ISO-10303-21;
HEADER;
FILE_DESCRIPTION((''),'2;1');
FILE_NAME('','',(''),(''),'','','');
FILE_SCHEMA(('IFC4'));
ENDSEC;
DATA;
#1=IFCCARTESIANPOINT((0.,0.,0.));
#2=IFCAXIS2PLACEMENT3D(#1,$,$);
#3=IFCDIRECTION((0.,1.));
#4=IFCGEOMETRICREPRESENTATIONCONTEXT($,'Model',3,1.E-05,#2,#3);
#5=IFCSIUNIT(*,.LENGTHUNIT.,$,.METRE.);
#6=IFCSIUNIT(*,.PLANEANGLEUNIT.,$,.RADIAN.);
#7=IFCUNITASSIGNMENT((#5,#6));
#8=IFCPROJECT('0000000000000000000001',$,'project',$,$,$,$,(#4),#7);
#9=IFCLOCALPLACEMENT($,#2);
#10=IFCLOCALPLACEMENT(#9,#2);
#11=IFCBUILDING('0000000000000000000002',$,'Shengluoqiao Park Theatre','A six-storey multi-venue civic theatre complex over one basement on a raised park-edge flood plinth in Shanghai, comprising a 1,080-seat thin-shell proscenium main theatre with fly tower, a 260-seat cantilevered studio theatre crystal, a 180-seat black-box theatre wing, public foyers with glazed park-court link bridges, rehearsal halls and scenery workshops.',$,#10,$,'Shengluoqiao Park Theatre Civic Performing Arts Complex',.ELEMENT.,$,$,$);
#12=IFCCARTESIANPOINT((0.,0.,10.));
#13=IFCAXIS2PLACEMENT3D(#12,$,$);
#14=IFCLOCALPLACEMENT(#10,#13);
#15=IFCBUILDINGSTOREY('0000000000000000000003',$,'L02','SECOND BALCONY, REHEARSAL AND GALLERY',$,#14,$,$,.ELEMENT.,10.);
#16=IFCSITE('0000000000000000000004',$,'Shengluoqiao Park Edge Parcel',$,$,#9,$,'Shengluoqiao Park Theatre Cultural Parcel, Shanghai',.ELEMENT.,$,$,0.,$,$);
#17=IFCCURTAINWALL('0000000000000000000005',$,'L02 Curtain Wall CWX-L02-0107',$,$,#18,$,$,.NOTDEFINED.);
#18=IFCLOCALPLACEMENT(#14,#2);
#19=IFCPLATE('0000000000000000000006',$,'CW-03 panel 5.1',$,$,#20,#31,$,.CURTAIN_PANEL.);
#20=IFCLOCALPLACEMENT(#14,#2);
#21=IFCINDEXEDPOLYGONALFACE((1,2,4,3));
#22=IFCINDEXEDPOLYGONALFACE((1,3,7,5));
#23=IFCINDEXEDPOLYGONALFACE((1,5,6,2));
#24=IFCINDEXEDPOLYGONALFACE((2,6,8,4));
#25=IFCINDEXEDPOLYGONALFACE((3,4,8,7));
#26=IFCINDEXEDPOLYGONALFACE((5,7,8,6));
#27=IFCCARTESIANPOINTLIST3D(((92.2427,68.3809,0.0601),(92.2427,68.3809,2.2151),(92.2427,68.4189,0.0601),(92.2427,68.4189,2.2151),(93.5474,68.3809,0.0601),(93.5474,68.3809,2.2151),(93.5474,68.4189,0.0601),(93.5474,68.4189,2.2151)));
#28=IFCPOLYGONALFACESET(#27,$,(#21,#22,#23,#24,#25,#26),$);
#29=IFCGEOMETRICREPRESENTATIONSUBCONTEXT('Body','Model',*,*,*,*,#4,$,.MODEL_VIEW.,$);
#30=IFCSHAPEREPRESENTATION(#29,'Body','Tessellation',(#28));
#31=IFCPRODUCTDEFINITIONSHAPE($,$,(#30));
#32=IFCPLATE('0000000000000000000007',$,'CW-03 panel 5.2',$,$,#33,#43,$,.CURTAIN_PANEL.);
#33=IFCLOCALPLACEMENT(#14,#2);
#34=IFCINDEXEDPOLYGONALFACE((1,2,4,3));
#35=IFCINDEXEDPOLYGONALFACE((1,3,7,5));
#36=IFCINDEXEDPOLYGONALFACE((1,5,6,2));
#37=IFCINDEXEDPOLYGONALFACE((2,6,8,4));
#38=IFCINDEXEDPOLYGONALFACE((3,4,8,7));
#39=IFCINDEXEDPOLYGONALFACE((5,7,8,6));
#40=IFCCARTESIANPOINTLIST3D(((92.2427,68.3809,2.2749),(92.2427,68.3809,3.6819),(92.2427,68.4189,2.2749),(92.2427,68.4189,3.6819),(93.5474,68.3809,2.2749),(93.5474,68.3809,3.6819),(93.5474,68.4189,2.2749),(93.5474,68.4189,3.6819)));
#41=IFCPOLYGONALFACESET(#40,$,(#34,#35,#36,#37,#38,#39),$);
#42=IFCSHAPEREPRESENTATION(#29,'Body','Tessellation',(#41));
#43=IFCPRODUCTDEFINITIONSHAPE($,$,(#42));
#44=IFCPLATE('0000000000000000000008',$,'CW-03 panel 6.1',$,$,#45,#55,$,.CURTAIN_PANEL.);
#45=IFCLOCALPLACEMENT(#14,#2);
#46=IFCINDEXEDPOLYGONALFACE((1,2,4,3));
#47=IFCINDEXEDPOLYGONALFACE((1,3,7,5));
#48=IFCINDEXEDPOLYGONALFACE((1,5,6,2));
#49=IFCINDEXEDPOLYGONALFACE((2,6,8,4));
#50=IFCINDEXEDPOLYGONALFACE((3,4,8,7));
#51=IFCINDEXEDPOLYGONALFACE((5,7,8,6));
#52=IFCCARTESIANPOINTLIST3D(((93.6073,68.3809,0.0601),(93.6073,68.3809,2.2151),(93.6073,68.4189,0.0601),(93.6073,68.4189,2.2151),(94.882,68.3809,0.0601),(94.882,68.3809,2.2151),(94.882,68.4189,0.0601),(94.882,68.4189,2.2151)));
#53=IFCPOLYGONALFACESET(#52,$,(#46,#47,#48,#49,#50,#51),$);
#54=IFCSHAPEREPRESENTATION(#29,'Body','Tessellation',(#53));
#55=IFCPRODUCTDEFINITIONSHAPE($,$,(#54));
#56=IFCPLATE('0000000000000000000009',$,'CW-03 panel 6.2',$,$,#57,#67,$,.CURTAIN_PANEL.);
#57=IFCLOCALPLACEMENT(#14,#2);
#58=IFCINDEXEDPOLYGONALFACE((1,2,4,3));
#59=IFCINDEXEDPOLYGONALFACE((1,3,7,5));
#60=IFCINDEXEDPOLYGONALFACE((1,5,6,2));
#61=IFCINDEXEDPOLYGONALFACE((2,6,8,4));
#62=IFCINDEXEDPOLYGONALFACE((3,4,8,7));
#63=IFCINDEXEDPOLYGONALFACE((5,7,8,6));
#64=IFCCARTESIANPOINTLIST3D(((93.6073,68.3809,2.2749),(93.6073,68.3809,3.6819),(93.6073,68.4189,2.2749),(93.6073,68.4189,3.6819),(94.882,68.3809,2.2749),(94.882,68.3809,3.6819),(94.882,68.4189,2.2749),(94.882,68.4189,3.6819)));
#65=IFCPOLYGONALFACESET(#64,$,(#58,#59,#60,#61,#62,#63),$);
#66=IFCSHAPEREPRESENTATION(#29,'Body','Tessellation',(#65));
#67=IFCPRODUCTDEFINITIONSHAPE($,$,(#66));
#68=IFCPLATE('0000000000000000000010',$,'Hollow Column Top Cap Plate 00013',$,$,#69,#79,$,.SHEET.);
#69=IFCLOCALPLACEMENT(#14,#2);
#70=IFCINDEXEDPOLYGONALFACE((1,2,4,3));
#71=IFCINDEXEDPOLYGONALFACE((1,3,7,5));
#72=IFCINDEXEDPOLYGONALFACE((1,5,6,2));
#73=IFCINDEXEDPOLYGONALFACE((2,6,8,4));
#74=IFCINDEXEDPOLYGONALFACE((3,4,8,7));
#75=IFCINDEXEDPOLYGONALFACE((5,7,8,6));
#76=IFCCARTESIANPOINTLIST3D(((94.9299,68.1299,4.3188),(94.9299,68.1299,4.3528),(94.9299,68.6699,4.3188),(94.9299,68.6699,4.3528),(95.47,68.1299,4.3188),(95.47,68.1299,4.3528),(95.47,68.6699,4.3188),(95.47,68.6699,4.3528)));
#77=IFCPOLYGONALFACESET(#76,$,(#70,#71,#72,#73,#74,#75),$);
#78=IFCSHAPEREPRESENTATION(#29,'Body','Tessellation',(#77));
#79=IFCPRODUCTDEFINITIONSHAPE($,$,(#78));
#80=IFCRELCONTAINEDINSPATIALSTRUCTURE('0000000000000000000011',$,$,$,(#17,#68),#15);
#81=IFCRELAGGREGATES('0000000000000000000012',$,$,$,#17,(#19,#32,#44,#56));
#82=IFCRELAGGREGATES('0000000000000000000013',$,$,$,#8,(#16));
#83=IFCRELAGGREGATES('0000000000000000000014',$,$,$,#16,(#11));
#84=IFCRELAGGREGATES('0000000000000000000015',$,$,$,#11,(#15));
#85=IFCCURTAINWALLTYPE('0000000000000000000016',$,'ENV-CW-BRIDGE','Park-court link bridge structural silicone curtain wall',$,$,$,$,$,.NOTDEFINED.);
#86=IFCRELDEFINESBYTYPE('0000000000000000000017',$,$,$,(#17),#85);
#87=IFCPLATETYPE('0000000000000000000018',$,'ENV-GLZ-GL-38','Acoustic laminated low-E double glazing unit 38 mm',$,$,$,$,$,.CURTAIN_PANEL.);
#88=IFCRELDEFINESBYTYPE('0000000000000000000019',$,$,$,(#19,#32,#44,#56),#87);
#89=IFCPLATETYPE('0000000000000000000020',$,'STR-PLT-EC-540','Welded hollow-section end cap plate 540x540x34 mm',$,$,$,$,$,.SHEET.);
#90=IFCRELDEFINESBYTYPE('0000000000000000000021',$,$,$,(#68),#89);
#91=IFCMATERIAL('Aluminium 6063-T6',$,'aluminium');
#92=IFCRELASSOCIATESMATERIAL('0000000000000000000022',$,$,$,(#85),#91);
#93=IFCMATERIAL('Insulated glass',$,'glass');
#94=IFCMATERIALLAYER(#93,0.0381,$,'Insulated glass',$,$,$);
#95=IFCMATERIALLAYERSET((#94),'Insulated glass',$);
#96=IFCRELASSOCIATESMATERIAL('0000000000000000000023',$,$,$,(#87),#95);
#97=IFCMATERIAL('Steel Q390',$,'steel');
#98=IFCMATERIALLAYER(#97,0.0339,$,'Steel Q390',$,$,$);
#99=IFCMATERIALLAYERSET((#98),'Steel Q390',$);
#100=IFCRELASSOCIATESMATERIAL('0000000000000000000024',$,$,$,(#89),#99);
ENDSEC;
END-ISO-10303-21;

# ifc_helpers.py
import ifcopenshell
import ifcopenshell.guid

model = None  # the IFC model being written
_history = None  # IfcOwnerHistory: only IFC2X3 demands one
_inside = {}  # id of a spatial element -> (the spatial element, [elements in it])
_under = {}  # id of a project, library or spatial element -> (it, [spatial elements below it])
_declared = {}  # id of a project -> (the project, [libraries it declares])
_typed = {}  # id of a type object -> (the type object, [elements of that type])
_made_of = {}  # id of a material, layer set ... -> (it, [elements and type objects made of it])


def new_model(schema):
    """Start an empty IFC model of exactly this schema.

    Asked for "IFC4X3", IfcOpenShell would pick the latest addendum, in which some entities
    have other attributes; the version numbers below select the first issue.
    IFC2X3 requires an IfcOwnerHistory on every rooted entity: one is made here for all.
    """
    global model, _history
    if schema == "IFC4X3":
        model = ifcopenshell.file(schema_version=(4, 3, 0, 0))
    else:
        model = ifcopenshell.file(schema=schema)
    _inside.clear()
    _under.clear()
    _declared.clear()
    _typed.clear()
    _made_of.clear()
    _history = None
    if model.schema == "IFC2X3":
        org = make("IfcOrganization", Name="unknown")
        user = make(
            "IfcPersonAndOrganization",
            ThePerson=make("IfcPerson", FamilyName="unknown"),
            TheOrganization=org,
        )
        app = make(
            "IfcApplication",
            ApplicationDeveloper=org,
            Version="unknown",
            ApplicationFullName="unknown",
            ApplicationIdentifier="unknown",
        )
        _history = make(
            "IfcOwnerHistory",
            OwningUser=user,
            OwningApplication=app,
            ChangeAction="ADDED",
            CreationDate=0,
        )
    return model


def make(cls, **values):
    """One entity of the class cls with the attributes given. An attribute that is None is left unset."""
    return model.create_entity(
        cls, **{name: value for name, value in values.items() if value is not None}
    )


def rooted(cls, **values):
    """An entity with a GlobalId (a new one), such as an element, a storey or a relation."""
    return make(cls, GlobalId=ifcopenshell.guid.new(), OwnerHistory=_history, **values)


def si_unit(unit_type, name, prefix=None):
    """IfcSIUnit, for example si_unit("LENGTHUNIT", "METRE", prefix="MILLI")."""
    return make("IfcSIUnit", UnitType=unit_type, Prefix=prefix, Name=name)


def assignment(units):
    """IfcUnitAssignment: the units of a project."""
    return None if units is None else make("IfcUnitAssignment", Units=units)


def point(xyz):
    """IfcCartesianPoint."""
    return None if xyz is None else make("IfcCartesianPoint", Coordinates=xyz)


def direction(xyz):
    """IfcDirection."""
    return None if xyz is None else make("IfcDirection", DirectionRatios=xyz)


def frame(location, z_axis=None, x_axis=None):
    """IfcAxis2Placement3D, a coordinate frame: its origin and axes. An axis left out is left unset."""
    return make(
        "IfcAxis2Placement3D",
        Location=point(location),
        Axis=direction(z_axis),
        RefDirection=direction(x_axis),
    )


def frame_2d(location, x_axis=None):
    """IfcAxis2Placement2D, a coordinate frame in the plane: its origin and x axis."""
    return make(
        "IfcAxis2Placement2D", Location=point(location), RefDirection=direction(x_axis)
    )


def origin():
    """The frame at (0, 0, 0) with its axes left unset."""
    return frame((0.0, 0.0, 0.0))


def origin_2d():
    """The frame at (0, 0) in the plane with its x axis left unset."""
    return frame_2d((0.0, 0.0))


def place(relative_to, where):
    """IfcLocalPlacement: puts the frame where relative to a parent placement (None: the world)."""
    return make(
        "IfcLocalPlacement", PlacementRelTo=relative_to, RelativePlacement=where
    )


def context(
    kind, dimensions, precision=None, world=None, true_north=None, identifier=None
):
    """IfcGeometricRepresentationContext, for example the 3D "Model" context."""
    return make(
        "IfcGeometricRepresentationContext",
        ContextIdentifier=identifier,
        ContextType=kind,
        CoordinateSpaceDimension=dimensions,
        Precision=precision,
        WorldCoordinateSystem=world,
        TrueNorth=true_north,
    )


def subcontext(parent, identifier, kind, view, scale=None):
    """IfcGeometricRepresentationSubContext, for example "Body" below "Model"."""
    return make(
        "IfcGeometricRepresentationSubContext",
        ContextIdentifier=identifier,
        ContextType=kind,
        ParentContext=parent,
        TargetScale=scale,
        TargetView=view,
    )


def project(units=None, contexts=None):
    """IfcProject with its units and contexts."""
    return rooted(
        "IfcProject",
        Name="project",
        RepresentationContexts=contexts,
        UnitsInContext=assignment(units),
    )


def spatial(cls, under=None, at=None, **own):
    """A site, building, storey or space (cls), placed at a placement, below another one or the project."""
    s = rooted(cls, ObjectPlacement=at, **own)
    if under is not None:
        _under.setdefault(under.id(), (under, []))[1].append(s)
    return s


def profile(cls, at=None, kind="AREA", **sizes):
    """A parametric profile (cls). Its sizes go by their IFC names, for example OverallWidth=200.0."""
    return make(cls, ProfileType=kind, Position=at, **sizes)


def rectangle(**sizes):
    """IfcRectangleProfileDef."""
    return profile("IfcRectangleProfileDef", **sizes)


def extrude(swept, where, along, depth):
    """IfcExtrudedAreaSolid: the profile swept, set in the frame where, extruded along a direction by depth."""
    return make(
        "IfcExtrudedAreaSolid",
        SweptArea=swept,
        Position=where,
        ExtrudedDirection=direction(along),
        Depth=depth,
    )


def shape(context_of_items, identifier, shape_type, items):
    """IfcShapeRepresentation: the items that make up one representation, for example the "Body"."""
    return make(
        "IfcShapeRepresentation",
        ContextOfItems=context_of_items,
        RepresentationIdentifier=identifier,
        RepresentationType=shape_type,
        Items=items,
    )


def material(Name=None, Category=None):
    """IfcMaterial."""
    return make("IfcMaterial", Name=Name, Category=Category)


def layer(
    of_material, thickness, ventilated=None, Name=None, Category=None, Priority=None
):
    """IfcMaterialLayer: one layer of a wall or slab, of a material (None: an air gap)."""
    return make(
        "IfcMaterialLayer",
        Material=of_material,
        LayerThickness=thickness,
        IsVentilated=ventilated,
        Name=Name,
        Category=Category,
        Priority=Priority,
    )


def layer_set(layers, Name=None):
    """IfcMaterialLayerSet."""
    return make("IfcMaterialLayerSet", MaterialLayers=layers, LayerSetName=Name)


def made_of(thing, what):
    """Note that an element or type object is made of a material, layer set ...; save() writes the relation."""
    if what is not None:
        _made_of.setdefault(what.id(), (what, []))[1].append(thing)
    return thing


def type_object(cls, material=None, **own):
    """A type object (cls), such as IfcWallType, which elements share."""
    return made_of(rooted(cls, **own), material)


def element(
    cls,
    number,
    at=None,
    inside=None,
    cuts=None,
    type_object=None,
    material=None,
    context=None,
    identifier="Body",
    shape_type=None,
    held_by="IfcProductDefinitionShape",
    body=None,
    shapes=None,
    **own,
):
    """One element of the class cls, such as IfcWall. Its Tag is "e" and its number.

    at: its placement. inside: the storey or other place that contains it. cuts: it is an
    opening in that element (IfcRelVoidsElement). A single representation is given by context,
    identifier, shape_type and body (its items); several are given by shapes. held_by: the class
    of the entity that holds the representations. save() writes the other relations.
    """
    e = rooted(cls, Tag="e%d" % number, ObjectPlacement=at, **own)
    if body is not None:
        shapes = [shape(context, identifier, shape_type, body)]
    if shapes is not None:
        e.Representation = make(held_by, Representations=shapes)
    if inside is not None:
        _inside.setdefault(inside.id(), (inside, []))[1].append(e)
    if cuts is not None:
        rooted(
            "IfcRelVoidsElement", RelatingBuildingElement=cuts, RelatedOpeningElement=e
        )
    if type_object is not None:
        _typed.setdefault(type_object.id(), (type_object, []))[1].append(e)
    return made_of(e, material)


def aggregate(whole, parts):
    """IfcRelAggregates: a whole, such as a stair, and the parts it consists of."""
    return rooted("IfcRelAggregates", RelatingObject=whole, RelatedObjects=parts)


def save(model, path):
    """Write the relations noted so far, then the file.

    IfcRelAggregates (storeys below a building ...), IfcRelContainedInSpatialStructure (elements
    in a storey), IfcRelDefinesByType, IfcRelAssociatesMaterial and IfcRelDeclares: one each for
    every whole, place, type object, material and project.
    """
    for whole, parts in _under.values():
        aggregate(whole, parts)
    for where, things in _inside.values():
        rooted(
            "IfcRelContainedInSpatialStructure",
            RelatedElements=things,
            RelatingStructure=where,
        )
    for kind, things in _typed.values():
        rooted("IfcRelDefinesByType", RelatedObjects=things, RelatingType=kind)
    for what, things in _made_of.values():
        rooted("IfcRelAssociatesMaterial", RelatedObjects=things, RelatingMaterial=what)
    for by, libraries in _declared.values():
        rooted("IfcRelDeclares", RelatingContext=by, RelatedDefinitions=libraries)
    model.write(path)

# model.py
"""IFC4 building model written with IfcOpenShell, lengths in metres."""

from ifc_helpers import new_model, si_unit, direction, frame, origin, origin_2d, place, context, subcontext, project, spatial, rectangle, extrude, material, layer, layer_set, type_object, element, aggregate, save


model = new_model("IFC4")

# Units and contexts
model_context = context("Model", 3, precision=1e-05, world=origin(), true_north=direction((0.0, 1.0)))
body_context = subcontext(model_context, "Body", "Model", "MODEL_VIEW")
ifc_project = project(units=[si_unit("LENGTHUNIT", "METRE"), si_unit("PLANEANGLEUNIT", "RADIAN")], contexts=[model_context])

# Site, building, storey
site_placement = place(None, origin())
site = spatial("IfcSite", under=ifc_project, at=site_placement, Name="Shengluoqiao Park Edge Parcel", LongName="Shengluoqiao Park Theatre Cultural Parcel, Shanghai", CompositionType="ELEMENT", RefElevation=0.0)
building_placement = place(site_placement, origin())
building = spatial("IfcBuilding", under=site, at=building_placement, Name="Shengluoqiao Park Theatre", Description="A six-storey multi-venue civic theatre complex over one basement on a raised park-edge flood plinth in Shanghai, comprising a 1,080-seat thin-shell proscenium main theatre with fly tower, a 260-seat cantilevered studio theatre crystal, a 180-seat black-box theatre wing, public foyers with glazed park-court link bridges, rehearsal halls and scenery workshops.", LongName="Shengluoqiao Park Theatre Civic Performing Arts Complex", CompositionType="ELEMENT")
storey_placement = place(building_placement, frame((0.0, 0.0, 10.0)))
storey = spatial("IfcBuildingStorey", under=building, at=storey_placement, Name="L02", Description="SECOND BALCONY, REHEARSAL AND GALLERY", CompositionType="ELEMENT", Elevation=10.0)

# Shared definitions
ifc_material_1 = material(Name="Steel Q390", Category="steel")

# Curtain wall, plates
ifc_material_2 = material(Name="Aluminium 6063-T6", Category="aluminium")
curtain_wall_type = type_object("IfcCurtainWallType", Name="ENV-CW-BRIDGE", Description="Park-court link bridge structural silicone curtain wall", PredefinedType="NOTDEFINED", material=ifc_material_2)
curtain_wall_placement = place(storey_placement, origin())
curtain_wall = element("IfcCurtainWall", 1, at=curtain_wall_placement, inside=storey, type_object=curtain_wall_type, Name="L02 Curtain Wall CWX-L02-0107", PredefinedType="NOTDEFINED")
ifc_material_3 = material(Name="Insulated glass", Category="glass")
ifc_layer_1 = layer(ifc_material_3, 0.0381, Name="Insulated glass")
ifc_layer_set_1 = layer_set([ifc_layer_1], Name="Insulated glass")
plate_type_1 = type_object("IfcPlateType", Name="ENV-GLZ-GL-38", Description="Acoustic laminated low-E double glazing unit 38 mm", PredefinedType="CURTAIN_PANEL", material=ifc_layer_set_1)
plate_1_placement = place(storey_placement, frame((92.895, 68.3999, 0.0601), z_axis=(0.0, 0.0, 1.0), x_axis=(1.0, 0.0, 0.0)))
plate_1 = element("IfcPlate", 2, at=plate_1_placement, type_object=plate_type_1, Name="CW-03 panel 5.1", PredefinedType="CURTAIN_PANEL", context=body_context, shape_type="SweptSolid", body=[
    extrude(rectangle(XDim=1.3047, YDim=0.0381, at=origin_2d()), origin(), (0.0, 0.0, 1.0), 2.155),
])
plate_2_placement = place(storey_placement, frame((92.895, 68.3999, 2.2749), z_axis=(0.0, 0.0, 1.0), x_axis=(1.0, 0.0, 0.0)))
plate_2 = element("IfcPlate", 3, at=plate_2_placement, type_object=plate_type_1, Name="CW-03 panel 5.2", PredefinedType="CURTAIN_PANEL", context=body_context, shape_type="SweptSolid", body=[
    extrude(rectangle(XDim=1.3047, YDim=0.0381, at=origin_2d()), origin(), (0.0, 0.0, 1.0), 1.407),
])
plate_3_placement = place(storey_placement, frame((94.2446, 68.3999, 0.0601), z_axis=(0.0, 0.0, 1.0), x_axis=(1.0, 0.0, 0.0)))
plate_3 = element("IfcPlate", 4, at=plate_3_placement, type_object=plate_type_1, Name="CW-03 panel 6.1", PredefinedType="CURTAIN_PANEL", context=body_context, shape_type="SweptSolid", body=[
    extrude(rectangle(XDim=1.2747, YDim=0.0381, at=origin_2d()), origin(), (0.0, 0.0, 1.0), 2.155),
])
plate_4_placement = place(storey_placement, frame((94.2446, 68.3999, 2.2749), z_axis=(0.0, 0.0, 1.0), x_axis=(1.0, 0.0, 0.0)))
plate_4 = element("IfcPlate", 5, at=plate_4_placement, type_object=plate_type_1, Name="CW-03 panel 6.2", PredefinedType="CURTAIN_PANEL", context=body_context, shape_type="SweptSolid", body=[
    extrude(rectangle(XDim=1.2747, YDim=0.0381, at=origin_2d()), origin(), (0.0, 0.0, 1.0), 1.407),
])
aggregate(curtain_wall, [plate_1, plate_2, plate_3, plate_4])

# Plate
ifc_layer_2 = layer(ifc_material_1, 0.0339, Name="Steel Q390")
ifc_layer_set_2 = layer_set([ifc_layer_2], Name="Steel Q390")
plate_type_2 = type_object("IfcPlateType", Name="STR-PLT-EC-540", Description="Welded hollow-section end cap plate 540x540x34 mm", PredefinedType="SHEET", material=ifc_layer_set_2)
plate_5_placement = place(storey_placement, frame((95.2, 68.3999, 4.3188), z_axis=(0.0, 0.0, 1.0), x_axis=(1.0, 0.0, 0.0)))
element("IfcPlate", 6, at=plate_5_placement, inside=storey, type_object=plate_type_2, Name="Hollow Column Top Cap Plate 00013", PredefinedType="SHEET", context=body_context, shape_type="SweptSolid", body=[
    extrude(rectangle(XDim=0.54, YDim=0.54, at=origin_2d()), origin(), (0.0, 0.0, 1.0), 0.0339),
])

save(model, "model.ifc")
